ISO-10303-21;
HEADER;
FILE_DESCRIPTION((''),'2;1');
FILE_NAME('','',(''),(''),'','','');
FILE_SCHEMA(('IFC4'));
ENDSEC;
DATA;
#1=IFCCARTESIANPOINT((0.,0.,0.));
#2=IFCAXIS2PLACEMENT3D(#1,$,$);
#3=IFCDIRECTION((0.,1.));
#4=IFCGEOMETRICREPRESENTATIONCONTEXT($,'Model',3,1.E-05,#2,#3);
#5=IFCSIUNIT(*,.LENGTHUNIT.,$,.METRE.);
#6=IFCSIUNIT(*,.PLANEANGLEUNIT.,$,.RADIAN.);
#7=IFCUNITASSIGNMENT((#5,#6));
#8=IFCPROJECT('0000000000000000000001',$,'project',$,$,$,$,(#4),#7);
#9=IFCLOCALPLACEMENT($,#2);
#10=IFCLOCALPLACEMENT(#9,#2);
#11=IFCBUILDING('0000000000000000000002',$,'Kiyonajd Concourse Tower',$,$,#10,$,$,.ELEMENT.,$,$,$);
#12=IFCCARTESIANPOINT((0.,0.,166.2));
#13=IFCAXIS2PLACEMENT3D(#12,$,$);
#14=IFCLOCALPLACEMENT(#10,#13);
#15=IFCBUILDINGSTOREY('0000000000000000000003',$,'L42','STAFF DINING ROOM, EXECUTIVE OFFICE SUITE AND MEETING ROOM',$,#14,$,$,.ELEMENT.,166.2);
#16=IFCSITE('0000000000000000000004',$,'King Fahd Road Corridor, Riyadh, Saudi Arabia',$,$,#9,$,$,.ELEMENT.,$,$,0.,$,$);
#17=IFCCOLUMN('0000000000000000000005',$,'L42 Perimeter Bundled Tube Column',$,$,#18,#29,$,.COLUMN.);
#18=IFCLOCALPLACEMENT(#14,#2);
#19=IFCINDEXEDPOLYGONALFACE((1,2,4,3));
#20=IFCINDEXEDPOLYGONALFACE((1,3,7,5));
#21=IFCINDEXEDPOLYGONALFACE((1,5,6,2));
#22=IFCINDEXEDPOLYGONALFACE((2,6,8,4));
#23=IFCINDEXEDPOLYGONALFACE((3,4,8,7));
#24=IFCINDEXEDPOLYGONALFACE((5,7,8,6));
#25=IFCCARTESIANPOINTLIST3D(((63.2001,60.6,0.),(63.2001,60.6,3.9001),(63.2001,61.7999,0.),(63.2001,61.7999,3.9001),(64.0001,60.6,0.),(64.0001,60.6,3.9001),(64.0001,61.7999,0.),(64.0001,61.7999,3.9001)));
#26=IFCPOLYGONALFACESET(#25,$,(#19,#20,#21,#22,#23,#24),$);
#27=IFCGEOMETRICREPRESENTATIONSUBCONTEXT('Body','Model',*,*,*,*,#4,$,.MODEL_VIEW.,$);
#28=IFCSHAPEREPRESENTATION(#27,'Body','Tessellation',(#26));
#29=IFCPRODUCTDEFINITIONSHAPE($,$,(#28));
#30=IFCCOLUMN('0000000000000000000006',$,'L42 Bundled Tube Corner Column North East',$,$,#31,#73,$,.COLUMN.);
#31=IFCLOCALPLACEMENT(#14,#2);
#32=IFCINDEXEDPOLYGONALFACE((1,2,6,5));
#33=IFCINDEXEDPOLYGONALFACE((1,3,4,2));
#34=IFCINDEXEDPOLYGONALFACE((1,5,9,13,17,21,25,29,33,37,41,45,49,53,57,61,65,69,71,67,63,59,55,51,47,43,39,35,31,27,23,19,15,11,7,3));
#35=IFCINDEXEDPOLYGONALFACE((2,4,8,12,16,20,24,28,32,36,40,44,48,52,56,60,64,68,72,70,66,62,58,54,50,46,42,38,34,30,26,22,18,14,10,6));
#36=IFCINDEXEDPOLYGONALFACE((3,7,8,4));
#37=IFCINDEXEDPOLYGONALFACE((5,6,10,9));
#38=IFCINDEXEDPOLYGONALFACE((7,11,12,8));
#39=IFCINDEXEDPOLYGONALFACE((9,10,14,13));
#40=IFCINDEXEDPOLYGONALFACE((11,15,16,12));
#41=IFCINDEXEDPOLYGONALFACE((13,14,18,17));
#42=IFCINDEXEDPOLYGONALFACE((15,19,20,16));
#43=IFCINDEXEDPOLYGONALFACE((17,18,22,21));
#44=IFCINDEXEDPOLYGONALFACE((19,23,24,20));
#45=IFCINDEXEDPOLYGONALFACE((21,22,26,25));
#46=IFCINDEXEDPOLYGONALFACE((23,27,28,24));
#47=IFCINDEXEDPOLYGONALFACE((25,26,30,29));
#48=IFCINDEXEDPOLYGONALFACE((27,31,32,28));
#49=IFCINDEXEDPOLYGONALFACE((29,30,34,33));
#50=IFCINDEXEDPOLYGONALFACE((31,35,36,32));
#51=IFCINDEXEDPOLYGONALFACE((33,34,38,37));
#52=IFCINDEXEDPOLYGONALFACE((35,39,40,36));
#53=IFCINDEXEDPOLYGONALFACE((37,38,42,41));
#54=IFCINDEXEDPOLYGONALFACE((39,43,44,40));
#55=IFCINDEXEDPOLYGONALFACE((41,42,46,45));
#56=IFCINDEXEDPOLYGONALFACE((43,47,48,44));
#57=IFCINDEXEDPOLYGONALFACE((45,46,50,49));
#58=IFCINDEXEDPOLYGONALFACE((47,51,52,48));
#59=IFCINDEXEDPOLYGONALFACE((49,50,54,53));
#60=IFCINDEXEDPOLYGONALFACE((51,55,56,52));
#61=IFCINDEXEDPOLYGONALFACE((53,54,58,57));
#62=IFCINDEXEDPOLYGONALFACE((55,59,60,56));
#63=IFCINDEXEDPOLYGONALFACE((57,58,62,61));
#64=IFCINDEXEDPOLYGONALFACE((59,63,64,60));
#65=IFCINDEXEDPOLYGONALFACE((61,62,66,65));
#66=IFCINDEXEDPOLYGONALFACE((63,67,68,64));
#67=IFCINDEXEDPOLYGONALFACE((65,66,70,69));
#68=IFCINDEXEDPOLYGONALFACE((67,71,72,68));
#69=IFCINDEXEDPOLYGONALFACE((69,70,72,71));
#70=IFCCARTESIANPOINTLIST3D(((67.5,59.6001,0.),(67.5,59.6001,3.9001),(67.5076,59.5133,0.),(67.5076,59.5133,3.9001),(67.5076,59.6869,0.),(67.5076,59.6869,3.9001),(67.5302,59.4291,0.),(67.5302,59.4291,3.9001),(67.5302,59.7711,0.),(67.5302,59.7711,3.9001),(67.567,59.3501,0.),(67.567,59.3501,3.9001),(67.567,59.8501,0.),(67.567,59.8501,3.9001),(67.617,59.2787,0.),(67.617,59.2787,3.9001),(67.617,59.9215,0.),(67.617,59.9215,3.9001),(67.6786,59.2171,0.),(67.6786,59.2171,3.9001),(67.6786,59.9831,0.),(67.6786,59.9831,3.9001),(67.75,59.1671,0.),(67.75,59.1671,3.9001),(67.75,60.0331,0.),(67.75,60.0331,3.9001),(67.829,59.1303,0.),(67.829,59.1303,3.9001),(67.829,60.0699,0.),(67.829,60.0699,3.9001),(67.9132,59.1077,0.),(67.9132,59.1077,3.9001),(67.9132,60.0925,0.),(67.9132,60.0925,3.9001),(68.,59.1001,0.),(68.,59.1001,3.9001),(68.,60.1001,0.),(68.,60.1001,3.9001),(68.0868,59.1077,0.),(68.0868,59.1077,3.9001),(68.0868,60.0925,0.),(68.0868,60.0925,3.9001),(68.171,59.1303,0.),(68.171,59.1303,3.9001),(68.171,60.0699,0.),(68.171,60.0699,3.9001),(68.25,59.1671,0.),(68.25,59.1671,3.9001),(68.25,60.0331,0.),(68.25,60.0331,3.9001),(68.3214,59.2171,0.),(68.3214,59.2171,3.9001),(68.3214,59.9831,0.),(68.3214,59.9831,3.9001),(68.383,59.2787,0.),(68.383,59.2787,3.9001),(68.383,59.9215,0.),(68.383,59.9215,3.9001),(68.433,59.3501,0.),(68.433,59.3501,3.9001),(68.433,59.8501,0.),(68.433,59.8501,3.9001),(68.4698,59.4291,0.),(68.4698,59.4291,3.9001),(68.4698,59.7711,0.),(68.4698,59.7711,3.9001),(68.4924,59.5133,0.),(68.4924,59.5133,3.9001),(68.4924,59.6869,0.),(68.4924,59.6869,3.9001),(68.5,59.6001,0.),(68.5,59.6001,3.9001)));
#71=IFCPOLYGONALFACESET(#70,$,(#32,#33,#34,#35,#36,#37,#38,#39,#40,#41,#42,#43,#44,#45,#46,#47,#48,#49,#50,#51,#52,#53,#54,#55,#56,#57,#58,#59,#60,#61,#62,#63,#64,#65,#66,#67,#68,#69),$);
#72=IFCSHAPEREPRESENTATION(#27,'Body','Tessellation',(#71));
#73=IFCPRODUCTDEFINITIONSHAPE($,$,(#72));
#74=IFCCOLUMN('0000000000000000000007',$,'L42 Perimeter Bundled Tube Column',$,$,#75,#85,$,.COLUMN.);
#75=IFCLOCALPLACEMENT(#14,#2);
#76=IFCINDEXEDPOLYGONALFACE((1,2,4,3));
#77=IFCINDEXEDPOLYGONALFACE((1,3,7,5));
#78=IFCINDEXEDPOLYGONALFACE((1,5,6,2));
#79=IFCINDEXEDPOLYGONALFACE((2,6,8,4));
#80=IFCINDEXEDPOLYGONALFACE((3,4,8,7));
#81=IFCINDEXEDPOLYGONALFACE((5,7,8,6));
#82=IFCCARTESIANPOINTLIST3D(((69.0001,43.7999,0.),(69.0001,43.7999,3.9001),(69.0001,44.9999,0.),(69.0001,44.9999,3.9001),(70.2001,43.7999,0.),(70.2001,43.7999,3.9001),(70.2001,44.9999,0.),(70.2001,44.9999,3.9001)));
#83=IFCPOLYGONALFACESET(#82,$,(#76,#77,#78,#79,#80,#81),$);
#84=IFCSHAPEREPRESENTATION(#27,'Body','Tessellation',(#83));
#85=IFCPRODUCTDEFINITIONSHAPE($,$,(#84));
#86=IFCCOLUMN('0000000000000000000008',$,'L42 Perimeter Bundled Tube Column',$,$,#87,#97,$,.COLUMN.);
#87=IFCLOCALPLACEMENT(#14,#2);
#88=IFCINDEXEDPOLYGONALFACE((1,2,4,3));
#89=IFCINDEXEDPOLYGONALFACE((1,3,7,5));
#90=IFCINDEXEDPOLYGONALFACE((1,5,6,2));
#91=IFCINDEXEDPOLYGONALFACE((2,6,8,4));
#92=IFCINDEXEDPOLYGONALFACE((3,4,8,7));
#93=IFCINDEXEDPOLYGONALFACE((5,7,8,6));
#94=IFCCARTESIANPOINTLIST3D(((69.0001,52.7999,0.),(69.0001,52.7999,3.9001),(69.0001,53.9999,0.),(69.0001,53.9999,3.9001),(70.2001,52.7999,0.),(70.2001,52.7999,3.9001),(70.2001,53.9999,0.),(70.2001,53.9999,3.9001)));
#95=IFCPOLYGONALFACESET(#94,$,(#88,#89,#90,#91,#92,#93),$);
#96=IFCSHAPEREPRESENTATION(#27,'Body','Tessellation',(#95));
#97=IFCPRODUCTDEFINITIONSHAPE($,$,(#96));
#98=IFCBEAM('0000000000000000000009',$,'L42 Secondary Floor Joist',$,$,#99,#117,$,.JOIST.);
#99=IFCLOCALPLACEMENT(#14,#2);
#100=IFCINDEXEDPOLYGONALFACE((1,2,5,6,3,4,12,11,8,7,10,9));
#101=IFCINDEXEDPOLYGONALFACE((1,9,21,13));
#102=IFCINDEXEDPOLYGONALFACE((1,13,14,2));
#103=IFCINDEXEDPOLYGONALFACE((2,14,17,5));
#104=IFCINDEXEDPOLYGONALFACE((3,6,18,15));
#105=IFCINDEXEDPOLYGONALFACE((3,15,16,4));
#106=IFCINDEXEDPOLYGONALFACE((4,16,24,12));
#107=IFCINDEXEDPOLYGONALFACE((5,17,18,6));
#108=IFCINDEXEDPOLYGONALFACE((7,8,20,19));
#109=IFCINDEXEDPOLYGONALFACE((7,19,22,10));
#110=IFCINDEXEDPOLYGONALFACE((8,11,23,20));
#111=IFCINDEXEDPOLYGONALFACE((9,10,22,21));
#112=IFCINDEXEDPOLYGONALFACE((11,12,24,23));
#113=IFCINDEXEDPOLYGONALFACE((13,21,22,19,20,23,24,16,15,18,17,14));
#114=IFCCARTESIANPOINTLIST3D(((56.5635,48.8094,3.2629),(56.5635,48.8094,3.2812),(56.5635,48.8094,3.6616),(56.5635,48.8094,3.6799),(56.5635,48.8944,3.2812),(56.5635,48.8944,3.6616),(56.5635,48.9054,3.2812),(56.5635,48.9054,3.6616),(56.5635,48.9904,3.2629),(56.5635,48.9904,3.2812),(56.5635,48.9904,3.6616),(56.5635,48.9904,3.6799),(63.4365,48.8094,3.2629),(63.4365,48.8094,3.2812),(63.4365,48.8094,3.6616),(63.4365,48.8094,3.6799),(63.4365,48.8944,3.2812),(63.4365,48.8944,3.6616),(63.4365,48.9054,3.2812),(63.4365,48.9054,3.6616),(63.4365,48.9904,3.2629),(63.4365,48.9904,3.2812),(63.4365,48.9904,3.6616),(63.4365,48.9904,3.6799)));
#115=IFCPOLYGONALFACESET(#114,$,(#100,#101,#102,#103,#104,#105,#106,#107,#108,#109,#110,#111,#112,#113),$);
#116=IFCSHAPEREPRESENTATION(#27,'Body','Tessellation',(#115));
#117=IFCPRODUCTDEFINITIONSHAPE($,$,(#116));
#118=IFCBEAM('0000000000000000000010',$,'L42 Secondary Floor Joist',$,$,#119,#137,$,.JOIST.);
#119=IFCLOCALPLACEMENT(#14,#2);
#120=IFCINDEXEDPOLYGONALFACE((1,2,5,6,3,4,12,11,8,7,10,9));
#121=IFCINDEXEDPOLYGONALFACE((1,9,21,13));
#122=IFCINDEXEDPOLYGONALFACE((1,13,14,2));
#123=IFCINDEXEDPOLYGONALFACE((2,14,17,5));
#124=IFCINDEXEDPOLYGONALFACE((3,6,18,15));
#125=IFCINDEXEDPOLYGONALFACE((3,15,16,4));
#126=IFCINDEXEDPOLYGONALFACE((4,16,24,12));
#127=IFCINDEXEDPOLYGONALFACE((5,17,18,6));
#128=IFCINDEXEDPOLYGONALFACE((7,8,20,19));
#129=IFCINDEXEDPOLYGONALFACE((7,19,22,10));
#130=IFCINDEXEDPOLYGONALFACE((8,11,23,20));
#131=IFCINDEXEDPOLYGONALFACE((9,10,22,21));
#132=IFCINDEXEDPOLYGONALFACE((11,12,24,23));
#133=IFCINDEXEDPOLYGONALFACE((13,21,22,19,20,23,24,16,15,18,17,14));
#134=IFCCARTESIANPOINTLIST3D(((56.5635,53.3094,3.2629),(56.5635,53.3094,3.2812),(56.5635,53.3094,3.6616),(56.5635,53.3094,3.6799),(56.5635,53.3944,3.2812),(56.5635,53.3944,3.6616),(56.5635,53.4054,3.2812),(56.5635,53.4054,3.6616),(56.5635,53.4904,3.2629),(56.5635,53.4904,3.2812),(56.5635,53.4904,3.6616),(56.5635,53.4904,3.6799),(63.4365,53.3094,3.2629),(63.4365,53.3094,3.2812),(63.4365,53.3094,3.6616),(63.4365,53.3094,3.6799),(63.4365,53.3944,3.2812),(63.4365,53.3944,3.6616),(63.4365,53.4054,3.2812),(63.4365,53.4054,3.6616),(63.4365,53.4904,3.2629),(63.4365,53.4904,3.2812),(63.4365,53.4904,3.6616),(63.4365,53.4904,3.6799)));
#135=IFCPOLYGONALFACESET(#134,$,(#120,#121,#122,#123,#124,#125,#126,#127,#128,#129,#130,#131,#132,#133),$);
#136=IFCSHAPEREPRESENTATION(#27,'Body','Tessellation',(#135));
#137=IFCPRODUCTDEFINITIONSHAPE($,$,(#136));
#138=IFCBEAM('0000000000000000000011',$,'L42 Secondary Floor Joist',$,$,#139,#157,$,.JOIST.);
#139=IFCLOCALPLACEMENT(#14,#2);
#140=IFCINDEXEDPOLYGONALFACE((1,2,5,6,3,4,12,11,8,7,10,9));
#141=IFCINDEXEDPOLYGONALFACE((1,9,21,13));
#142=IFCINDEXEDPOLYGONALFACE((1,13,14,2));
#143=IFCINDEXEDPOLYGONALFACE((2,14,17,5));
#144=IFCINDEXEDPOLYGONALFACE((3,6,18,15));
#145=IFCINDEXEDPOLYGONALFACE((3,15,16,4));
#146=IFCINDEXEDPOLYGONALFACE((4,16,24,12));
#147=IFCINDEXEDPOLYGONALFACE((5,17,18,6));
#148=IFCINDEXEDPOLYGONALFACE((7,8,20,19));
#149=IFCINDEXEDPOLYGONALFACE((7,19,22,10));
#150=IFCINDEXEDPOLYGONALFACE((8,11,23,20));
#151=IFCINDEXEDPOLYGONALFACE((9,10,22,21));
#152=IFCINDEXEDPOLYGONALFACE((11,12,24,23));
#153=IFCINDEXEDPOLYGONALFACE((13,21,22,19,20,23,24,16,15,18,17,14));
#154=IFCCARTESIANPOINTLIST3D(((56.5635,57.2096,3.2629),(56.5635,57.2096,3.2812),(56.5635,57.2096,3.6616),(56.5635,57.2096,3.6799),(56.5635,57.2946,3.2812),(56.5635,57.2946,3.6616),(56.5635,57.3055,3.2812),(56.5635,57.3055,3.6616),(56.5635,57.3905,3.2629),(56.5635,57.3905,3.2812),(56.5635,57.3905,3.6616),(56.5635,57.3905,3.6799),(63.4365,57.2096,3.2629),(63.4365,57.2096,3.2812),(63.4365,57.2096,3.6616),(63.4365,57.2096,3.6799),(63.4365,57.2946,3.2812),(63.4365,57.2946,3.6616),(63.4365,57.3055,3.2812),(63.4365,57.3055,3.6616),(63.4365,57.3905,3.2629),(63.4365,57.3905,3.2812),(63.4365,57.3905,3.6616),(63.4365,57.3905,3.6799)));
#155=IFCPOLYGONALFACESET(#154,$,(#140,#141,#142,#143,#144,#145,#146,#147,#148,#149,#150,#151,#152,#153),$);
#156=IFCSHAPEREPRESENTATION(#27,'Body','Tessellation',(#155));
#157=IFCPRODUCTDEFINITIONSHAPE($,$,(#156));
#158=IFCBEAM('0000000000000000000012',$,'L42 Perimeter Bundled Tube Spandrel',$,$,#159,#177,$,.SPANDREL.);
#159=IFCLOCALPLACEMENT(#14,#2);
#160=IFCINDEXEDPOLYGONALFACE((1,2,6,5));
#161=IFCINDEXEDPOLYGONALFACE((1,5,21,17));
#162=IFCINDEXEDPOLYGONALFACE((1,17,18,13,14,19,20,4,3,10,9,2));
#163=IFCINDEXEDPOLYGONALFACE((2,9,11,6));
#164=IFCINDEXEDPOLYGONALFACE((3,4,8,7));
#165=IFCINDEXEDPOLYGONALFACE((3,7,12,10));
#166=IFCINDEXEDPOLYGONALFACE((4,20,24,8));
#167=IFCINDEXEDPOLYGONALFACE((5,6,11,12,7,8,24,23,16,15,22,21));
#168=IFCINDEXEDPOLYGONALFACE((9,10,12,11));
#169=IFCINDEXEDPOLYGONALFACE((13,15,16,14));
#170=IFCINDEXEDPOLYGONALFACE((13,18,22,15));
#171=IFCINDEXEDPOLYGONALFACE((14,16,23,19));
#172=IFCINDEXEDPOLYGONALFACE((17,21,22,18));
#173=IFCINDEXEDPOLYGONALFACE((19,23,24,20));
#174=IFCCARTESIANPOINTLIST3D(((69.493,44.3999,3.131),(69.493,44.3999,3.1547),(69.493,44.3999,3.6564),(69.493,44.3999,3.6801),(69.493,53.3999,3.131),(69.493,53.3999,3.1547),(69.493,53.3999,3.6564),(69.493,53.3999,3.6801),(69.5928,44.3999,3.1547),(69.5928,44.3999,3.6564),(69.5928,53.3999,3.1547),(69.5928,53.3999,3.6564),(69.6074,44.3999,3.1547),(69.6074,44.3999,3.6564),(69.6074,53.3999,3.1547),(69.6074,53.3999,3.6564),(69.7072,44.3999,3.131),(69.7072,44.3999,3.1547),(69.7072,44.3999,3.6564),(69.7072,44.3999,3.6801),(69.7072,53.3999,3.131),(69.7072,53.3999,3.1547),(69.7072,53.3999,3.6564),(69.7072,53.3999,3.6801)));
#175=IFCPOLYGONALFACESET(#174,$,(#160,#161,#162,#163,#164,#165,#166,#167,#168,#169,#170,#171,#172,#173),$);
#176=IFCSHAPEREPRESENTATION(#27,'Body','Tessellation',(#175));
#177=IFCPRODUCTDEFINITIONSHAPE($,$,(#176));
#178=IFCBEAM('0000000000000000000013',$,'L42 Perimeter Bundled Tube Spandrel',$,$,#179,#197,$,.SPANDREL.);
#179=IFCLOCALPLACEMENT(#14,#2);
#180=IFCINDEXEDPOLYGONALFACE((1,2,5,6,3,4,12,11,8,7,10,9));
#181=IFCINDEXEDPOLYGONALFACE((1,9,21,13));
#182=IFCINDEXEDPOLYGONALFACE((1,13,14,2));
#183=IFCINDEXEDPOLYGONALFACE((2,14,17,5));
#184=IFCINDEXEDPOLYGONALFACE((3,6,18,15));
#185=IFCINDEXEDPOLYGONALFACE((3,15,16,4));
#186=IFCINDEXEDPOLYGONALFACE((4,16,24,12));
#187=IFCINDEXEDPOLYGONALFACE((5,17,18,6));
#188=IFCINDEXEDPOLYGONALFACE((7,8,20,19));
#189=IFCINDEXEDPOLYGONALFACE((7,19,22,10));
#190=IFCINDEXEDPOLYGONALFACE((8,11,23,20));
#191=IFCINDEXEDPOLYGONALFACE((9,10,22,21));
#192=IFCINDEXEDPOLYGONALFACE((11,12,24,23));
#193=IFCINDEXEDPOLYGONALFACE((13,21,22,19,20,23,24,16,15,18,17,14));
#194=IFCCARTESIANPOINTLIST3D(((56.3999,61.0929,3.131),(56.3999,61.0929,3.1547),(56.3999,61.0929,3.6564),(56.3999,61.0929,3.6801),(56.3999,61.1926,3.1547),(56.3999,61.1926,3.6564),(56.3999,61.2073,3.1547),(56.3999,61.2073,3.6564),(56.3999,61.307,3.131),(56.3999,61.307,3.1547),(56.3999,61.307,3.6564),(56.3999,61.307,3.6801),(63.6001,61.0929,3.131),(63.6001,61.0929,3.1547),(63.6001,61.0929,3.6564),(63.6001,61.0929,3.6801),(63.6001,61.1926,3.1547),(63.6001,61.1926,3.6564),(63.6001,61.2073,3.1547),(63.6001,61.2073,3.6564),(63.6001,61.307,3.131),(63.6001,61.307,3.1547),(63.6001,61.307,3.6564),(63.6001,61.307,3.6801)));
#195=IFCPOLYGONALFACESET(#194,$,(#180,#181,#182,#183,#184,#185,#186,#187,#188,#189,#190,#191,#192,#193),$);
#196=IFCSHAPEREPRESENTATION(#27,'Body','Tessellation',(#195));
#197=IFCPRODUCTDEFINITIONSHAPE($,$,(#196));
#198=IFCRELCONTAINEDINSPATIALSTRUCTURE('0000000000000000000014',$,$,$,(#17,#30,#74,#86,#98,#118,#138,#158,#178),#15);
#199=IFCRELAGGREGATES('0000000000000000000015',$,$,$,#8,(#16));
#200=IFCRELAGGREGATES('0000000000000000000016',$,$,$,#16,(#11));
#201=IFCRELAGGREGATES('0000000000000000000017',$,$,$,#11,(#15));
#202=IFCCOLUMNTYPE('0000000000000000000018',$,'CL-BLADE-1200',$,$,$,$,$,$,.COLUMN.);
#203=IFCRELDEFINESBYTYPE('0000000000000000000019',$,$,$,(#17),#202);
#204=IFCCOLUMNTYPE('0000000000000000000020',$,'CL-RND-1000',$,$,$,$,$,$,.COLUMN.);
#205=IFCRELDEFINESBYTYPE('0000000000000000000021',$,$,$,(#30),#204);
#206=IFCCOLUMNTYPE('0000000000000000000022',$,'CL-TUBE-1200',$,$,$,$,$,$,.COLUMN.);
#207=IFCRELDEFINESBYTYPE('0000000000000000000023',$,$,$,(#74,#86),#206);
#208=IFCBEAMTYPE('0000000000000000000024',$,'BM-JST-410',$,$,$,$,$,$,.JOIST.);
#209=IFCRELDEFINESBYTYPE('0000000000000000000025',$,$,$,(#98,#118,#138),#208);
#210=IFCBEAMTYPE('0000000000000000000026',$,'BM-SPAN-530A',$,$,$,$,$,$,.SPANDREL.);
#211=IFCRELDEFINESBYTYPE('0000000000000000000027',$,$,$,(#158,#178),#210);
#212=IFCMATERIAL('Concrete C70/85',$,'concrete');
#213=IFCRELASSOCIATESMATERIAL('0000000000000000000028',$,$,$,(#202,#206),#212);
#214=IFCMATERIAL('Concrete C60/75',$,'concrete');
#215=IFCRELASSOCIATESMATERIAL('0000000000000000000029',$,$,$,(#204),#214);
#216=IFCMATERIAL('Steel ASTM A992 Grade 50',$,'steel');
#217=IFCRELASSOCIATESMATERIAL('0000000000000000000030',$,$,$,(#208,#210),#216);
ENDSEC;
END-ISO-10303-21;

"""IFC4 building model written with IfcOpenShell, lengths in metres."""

from ifc_helpers import new_model, si_unit, direction, frame, origin, origin_2d, place, context, subcontext, project, spatial, rectangle, circle, i_section, extrude, material, material_profile, profile_set, type_object, element, save


model = new_model("IFC4")

# Units and contexts
model_context = context("Model", 3, precision=1e-05, world=origin(), true_north=direction((0.0, 1.0)))
body_context = subcontext(model_context, "Body", "Model", "MODEL_VIEW")
ifc_project = project(units=[si_unit("LENGTHUNIT", "METRE"), si_unit("PLANEANGLEUNIT", "RADIAN")], contexts=[model_context])

# Site, building, storey
site_placement = place(None, origin())
site = spatial("IfcSite", under=ifc_project, at=site_placement, Name="King Fahd Road Corridor, Riyadh, Saudi Arabia", CompositionType="ELEMENT", RefElevation=0.0)
building_placement = place(site_placement, origin())
building = spatial("IfcBuilding", under=site, at=building_placement, Name="Kiyonajd Concourse Tower", CompositionType="ELEMENT")
storey_placement = place(building_placement, frame((0.0, 0.0, 166.2)))
storey = spatial("IfcBuildingStorey", under=building, at=storey_placement, Name="L42", Description="STAFF DINING ROOM, EXECUTIVE OFFICE SUITE AND MEETING ROOM", CompositionType="ELEMENT", Elevation=166.2)

# Columns
ifc_material_1 = material(Name="Concrete C70/85", Category="concrete")
ifc_material_profile_1 = material_profile(ifc_material_1, rectangle(XDim=0.8, YDim=1.2, at=origin_2d()), Name="RC-1200x800")
ifc_profile_set_1 = profile_set([ifc_material_profile_1], Name="Concrete C70/85")
column_type_1 = type_object("IfcColumnType", Name="CL-BLADE-1200", PredefinedType="COLUMN", material=ifc_profile_set_1)
column_1_placement = place(storey_placement, frame((63.6001, 61.2, 0.0), z_axis=(0.0, 0.0, 1.0), x_axis=(1.0, 0.0, 0.0)))
element("IfcColumn", 1, at=column_1_placement, inside=storey, type_object=column_type_1, Name="L42 Perimeter Bundled Tube Column", PredefinedType="COLUMN", context=body_context, shape_type="SweptSolid", body=[
    extrude(rectangle(XDim=0.8, YDim=1.2, at=origin_2d()), origin(), (0.0, 0.0, 1.0), 3.9001),
])
ifc_material_2 = material(Name="Concrete C60/75", Category="concrete")
ifc_material_profile_2 = material_profile(ifc_material_2, circle(Radius=0.5, at=origin_2d()), Name="RCC-D1000")
ifc_profile_set_2 = profile_set([ifc_material_profile_2], Name="Concrete C60/75")
column_type_2 = type_object("IfcColumnType", Name="CL-RND-1000", PredefinedType="COLUMN", material=ifc_profile_set_2)
column_2_placement = place(storey_placement, frame((68.0, 59.6001, 0.0), z_axis=(0.0, 0.0, 1.0), x_axis=(1.0, 0.0, 0.0)))
element("IfcColumn", 2, at=column_2_placement, inside=storey, type_object=column_type_2, Name="L42 Bundled Tube Corner Column North East", PredefinedType="COLUMN", context=body_context, shape_type="SweptSolid", body=[
    extrude(circle(Radius=0.5, at=origin_2d()), origin(), (0.0, 0.0, 1.0), 3.9001),
])
ifc_material_profile_3 = material_profile(ifc_material_1, rectangle(XDim=1.2, YDim=1.2, at=origin_2d()), Name="RC-1200x1200")
ifc_profile_set_3 = profile_set([ifc_material_profile_3], Name="Concrete C70/85")
column_type_3 = type_object("IfcColumnType", Name="CL-TUBE-1200", PredefinedType="COLUMN", material=ifc_profile_set_3)
for number, where, z_axis, x_axis, name in (
    (3, (69.6001, 44.3999, 0.0), (0.0, 0.0, 1.0), (1.0, 0.0, 0.0), "L42 Perimeter Bundled Tube Column"),
    (4, (69.6001, 53.3999, 0.0), (0.0, 0.0, 1.0), (1.0, 0.0, 0.0), "L42 Perimeter Bundled Tube Column"),
):
    element("IfcColumn", number, at=place(storey_placement, frame(where, z_axis=z_axis, x_axis=x_axis)), inside=storey, type_object=column_type_3, Name=name, PredefinedType="COLUMN", context=body_context, shape_type="SweptSolid", body=[
        extrude(rectangle(XDim=1.2, YDim=1.2, at=origin_2d()), origin(), (0.0, 0.0, 1.0), 3.9001),
    ])

# Beams
ifc_material_3 = material(Name="Steel ASTM A992 Grade 50", Category="steel")
ifc_material_profile_4 = material_profile(ifc_material_3, i_section(OverallWidth=0.1809, OverallDepth=0.417, WebThickness=0.011, FlangeThickness=0.0183, at=origin_2d()), Name="W410X85")
ifc_profile_set_4 = profile_set([ifc_material_profile_4], Name="Steel ASTM A992 Grade 50")
beam_type_1 = type_object("IfcBeamType", Name="BM-JST-410", PredefinedType="JOIST", material=ifc_profile_set_4)
for number, where, z_axis, x_axis, name in (
    (5, (56.5635, 48.8999, 3.4714), (1.0, 0.0, 0.0), (0.0, 1.0, 0.0), "L42 Secondary Floor Joist"),
    (6, (56.5635, 53.3999, 3.4714), (1.0, 0.0, 0.0), (0.0, 1.0, 0.0), "L42 Secondary Floor Joist"),
    (7, (56.5635, 57.3, 3.4714), (1.0, 0.0, 0.0), (0.0, 1.0, 0.0), "L42 Secondary Floor Joist"),
):
    element("IfcBeam", number, at=place(storey_placement, frame(where, z_axis=z_axis, x_axis=x_axis)), inside=storey, type_object=beam_type_1, Name=name, PredefinedType="JOIST", context=body_context, shape_type="SweptSolid", body=[
        extrude(i_section(OverallWidth=0.1809, OverallDepth=0.417, WebThickness=0.011, FlangeThickness=0.0183, at=origin_2d()), origin(), (0.0, 0.0, 1.0), 6.873),
    ])
ifc_material_profile_5 = material_profile(ifc_material_3, i_section(OverallWidth=0.2141, OverallDepth=0.5491, WebThickness=0.0146, FlangeThickness=0.0237, at=origin_2d()), Name="W530X138")
ifc_profile_set_5 = profile_set([ifc_material_profile_5], Name="Steel ASTM A992 Grade 50")
beam_type_2 = type_object("IfcBeamType", Name="BM-SPAN-530A", PredefinedType="SPANDREL", material=ifc_profile_set_5)
beam_1_placement = place(storey_placement, frame((69.6001, 44.3999, 3.4055), z_axis=(0.0, 1.0, 0.0), x_axis=(-1.0, 0.0, 0.0)))
element("IfcBeam", 8, at=beam_1_placement, inside=storey, type_object=beam_type_2, Name="L42 Perimeter Bundled Tube Spandrel", PredefinedType="SPANDREL", context=body_context, shape_type="SweptSolid", body=[
    extrude(i_section(OverallWidth=0.2141, OverallDepth=0.5491, WebThickness=0.0146, FlangeThickness=0.0237, at=origin_2d()), origin(), (0.0, 0.0, 1.0), 9.0),
])
beam_2_placement = place(storey_placement, frame((63.6001, 61.2, 3.4055), z_axis=(-1.0, 0.0, 0.0), x_axis=(0.0, -1.0, 0.0)))
element("IfcBeam", 9, at=beam_2_placement, inside=storey, type_object=beam_type_2, Name="L42 Perimeter Bundled Tube Spandrel", PredefinedType="SPANDREL", context=body_context, shape_type="SweptSolid", body=[
    extrude(i_section(OverallWidth=0.2141, OverallDepth=0.5491, WebThickness=0.0146, FlangeThickness=0.0237, at=origin_2d()), origin(), (0.0, 0.0, 1.0), 7.2002),
])

save(model, "model.ifc")
